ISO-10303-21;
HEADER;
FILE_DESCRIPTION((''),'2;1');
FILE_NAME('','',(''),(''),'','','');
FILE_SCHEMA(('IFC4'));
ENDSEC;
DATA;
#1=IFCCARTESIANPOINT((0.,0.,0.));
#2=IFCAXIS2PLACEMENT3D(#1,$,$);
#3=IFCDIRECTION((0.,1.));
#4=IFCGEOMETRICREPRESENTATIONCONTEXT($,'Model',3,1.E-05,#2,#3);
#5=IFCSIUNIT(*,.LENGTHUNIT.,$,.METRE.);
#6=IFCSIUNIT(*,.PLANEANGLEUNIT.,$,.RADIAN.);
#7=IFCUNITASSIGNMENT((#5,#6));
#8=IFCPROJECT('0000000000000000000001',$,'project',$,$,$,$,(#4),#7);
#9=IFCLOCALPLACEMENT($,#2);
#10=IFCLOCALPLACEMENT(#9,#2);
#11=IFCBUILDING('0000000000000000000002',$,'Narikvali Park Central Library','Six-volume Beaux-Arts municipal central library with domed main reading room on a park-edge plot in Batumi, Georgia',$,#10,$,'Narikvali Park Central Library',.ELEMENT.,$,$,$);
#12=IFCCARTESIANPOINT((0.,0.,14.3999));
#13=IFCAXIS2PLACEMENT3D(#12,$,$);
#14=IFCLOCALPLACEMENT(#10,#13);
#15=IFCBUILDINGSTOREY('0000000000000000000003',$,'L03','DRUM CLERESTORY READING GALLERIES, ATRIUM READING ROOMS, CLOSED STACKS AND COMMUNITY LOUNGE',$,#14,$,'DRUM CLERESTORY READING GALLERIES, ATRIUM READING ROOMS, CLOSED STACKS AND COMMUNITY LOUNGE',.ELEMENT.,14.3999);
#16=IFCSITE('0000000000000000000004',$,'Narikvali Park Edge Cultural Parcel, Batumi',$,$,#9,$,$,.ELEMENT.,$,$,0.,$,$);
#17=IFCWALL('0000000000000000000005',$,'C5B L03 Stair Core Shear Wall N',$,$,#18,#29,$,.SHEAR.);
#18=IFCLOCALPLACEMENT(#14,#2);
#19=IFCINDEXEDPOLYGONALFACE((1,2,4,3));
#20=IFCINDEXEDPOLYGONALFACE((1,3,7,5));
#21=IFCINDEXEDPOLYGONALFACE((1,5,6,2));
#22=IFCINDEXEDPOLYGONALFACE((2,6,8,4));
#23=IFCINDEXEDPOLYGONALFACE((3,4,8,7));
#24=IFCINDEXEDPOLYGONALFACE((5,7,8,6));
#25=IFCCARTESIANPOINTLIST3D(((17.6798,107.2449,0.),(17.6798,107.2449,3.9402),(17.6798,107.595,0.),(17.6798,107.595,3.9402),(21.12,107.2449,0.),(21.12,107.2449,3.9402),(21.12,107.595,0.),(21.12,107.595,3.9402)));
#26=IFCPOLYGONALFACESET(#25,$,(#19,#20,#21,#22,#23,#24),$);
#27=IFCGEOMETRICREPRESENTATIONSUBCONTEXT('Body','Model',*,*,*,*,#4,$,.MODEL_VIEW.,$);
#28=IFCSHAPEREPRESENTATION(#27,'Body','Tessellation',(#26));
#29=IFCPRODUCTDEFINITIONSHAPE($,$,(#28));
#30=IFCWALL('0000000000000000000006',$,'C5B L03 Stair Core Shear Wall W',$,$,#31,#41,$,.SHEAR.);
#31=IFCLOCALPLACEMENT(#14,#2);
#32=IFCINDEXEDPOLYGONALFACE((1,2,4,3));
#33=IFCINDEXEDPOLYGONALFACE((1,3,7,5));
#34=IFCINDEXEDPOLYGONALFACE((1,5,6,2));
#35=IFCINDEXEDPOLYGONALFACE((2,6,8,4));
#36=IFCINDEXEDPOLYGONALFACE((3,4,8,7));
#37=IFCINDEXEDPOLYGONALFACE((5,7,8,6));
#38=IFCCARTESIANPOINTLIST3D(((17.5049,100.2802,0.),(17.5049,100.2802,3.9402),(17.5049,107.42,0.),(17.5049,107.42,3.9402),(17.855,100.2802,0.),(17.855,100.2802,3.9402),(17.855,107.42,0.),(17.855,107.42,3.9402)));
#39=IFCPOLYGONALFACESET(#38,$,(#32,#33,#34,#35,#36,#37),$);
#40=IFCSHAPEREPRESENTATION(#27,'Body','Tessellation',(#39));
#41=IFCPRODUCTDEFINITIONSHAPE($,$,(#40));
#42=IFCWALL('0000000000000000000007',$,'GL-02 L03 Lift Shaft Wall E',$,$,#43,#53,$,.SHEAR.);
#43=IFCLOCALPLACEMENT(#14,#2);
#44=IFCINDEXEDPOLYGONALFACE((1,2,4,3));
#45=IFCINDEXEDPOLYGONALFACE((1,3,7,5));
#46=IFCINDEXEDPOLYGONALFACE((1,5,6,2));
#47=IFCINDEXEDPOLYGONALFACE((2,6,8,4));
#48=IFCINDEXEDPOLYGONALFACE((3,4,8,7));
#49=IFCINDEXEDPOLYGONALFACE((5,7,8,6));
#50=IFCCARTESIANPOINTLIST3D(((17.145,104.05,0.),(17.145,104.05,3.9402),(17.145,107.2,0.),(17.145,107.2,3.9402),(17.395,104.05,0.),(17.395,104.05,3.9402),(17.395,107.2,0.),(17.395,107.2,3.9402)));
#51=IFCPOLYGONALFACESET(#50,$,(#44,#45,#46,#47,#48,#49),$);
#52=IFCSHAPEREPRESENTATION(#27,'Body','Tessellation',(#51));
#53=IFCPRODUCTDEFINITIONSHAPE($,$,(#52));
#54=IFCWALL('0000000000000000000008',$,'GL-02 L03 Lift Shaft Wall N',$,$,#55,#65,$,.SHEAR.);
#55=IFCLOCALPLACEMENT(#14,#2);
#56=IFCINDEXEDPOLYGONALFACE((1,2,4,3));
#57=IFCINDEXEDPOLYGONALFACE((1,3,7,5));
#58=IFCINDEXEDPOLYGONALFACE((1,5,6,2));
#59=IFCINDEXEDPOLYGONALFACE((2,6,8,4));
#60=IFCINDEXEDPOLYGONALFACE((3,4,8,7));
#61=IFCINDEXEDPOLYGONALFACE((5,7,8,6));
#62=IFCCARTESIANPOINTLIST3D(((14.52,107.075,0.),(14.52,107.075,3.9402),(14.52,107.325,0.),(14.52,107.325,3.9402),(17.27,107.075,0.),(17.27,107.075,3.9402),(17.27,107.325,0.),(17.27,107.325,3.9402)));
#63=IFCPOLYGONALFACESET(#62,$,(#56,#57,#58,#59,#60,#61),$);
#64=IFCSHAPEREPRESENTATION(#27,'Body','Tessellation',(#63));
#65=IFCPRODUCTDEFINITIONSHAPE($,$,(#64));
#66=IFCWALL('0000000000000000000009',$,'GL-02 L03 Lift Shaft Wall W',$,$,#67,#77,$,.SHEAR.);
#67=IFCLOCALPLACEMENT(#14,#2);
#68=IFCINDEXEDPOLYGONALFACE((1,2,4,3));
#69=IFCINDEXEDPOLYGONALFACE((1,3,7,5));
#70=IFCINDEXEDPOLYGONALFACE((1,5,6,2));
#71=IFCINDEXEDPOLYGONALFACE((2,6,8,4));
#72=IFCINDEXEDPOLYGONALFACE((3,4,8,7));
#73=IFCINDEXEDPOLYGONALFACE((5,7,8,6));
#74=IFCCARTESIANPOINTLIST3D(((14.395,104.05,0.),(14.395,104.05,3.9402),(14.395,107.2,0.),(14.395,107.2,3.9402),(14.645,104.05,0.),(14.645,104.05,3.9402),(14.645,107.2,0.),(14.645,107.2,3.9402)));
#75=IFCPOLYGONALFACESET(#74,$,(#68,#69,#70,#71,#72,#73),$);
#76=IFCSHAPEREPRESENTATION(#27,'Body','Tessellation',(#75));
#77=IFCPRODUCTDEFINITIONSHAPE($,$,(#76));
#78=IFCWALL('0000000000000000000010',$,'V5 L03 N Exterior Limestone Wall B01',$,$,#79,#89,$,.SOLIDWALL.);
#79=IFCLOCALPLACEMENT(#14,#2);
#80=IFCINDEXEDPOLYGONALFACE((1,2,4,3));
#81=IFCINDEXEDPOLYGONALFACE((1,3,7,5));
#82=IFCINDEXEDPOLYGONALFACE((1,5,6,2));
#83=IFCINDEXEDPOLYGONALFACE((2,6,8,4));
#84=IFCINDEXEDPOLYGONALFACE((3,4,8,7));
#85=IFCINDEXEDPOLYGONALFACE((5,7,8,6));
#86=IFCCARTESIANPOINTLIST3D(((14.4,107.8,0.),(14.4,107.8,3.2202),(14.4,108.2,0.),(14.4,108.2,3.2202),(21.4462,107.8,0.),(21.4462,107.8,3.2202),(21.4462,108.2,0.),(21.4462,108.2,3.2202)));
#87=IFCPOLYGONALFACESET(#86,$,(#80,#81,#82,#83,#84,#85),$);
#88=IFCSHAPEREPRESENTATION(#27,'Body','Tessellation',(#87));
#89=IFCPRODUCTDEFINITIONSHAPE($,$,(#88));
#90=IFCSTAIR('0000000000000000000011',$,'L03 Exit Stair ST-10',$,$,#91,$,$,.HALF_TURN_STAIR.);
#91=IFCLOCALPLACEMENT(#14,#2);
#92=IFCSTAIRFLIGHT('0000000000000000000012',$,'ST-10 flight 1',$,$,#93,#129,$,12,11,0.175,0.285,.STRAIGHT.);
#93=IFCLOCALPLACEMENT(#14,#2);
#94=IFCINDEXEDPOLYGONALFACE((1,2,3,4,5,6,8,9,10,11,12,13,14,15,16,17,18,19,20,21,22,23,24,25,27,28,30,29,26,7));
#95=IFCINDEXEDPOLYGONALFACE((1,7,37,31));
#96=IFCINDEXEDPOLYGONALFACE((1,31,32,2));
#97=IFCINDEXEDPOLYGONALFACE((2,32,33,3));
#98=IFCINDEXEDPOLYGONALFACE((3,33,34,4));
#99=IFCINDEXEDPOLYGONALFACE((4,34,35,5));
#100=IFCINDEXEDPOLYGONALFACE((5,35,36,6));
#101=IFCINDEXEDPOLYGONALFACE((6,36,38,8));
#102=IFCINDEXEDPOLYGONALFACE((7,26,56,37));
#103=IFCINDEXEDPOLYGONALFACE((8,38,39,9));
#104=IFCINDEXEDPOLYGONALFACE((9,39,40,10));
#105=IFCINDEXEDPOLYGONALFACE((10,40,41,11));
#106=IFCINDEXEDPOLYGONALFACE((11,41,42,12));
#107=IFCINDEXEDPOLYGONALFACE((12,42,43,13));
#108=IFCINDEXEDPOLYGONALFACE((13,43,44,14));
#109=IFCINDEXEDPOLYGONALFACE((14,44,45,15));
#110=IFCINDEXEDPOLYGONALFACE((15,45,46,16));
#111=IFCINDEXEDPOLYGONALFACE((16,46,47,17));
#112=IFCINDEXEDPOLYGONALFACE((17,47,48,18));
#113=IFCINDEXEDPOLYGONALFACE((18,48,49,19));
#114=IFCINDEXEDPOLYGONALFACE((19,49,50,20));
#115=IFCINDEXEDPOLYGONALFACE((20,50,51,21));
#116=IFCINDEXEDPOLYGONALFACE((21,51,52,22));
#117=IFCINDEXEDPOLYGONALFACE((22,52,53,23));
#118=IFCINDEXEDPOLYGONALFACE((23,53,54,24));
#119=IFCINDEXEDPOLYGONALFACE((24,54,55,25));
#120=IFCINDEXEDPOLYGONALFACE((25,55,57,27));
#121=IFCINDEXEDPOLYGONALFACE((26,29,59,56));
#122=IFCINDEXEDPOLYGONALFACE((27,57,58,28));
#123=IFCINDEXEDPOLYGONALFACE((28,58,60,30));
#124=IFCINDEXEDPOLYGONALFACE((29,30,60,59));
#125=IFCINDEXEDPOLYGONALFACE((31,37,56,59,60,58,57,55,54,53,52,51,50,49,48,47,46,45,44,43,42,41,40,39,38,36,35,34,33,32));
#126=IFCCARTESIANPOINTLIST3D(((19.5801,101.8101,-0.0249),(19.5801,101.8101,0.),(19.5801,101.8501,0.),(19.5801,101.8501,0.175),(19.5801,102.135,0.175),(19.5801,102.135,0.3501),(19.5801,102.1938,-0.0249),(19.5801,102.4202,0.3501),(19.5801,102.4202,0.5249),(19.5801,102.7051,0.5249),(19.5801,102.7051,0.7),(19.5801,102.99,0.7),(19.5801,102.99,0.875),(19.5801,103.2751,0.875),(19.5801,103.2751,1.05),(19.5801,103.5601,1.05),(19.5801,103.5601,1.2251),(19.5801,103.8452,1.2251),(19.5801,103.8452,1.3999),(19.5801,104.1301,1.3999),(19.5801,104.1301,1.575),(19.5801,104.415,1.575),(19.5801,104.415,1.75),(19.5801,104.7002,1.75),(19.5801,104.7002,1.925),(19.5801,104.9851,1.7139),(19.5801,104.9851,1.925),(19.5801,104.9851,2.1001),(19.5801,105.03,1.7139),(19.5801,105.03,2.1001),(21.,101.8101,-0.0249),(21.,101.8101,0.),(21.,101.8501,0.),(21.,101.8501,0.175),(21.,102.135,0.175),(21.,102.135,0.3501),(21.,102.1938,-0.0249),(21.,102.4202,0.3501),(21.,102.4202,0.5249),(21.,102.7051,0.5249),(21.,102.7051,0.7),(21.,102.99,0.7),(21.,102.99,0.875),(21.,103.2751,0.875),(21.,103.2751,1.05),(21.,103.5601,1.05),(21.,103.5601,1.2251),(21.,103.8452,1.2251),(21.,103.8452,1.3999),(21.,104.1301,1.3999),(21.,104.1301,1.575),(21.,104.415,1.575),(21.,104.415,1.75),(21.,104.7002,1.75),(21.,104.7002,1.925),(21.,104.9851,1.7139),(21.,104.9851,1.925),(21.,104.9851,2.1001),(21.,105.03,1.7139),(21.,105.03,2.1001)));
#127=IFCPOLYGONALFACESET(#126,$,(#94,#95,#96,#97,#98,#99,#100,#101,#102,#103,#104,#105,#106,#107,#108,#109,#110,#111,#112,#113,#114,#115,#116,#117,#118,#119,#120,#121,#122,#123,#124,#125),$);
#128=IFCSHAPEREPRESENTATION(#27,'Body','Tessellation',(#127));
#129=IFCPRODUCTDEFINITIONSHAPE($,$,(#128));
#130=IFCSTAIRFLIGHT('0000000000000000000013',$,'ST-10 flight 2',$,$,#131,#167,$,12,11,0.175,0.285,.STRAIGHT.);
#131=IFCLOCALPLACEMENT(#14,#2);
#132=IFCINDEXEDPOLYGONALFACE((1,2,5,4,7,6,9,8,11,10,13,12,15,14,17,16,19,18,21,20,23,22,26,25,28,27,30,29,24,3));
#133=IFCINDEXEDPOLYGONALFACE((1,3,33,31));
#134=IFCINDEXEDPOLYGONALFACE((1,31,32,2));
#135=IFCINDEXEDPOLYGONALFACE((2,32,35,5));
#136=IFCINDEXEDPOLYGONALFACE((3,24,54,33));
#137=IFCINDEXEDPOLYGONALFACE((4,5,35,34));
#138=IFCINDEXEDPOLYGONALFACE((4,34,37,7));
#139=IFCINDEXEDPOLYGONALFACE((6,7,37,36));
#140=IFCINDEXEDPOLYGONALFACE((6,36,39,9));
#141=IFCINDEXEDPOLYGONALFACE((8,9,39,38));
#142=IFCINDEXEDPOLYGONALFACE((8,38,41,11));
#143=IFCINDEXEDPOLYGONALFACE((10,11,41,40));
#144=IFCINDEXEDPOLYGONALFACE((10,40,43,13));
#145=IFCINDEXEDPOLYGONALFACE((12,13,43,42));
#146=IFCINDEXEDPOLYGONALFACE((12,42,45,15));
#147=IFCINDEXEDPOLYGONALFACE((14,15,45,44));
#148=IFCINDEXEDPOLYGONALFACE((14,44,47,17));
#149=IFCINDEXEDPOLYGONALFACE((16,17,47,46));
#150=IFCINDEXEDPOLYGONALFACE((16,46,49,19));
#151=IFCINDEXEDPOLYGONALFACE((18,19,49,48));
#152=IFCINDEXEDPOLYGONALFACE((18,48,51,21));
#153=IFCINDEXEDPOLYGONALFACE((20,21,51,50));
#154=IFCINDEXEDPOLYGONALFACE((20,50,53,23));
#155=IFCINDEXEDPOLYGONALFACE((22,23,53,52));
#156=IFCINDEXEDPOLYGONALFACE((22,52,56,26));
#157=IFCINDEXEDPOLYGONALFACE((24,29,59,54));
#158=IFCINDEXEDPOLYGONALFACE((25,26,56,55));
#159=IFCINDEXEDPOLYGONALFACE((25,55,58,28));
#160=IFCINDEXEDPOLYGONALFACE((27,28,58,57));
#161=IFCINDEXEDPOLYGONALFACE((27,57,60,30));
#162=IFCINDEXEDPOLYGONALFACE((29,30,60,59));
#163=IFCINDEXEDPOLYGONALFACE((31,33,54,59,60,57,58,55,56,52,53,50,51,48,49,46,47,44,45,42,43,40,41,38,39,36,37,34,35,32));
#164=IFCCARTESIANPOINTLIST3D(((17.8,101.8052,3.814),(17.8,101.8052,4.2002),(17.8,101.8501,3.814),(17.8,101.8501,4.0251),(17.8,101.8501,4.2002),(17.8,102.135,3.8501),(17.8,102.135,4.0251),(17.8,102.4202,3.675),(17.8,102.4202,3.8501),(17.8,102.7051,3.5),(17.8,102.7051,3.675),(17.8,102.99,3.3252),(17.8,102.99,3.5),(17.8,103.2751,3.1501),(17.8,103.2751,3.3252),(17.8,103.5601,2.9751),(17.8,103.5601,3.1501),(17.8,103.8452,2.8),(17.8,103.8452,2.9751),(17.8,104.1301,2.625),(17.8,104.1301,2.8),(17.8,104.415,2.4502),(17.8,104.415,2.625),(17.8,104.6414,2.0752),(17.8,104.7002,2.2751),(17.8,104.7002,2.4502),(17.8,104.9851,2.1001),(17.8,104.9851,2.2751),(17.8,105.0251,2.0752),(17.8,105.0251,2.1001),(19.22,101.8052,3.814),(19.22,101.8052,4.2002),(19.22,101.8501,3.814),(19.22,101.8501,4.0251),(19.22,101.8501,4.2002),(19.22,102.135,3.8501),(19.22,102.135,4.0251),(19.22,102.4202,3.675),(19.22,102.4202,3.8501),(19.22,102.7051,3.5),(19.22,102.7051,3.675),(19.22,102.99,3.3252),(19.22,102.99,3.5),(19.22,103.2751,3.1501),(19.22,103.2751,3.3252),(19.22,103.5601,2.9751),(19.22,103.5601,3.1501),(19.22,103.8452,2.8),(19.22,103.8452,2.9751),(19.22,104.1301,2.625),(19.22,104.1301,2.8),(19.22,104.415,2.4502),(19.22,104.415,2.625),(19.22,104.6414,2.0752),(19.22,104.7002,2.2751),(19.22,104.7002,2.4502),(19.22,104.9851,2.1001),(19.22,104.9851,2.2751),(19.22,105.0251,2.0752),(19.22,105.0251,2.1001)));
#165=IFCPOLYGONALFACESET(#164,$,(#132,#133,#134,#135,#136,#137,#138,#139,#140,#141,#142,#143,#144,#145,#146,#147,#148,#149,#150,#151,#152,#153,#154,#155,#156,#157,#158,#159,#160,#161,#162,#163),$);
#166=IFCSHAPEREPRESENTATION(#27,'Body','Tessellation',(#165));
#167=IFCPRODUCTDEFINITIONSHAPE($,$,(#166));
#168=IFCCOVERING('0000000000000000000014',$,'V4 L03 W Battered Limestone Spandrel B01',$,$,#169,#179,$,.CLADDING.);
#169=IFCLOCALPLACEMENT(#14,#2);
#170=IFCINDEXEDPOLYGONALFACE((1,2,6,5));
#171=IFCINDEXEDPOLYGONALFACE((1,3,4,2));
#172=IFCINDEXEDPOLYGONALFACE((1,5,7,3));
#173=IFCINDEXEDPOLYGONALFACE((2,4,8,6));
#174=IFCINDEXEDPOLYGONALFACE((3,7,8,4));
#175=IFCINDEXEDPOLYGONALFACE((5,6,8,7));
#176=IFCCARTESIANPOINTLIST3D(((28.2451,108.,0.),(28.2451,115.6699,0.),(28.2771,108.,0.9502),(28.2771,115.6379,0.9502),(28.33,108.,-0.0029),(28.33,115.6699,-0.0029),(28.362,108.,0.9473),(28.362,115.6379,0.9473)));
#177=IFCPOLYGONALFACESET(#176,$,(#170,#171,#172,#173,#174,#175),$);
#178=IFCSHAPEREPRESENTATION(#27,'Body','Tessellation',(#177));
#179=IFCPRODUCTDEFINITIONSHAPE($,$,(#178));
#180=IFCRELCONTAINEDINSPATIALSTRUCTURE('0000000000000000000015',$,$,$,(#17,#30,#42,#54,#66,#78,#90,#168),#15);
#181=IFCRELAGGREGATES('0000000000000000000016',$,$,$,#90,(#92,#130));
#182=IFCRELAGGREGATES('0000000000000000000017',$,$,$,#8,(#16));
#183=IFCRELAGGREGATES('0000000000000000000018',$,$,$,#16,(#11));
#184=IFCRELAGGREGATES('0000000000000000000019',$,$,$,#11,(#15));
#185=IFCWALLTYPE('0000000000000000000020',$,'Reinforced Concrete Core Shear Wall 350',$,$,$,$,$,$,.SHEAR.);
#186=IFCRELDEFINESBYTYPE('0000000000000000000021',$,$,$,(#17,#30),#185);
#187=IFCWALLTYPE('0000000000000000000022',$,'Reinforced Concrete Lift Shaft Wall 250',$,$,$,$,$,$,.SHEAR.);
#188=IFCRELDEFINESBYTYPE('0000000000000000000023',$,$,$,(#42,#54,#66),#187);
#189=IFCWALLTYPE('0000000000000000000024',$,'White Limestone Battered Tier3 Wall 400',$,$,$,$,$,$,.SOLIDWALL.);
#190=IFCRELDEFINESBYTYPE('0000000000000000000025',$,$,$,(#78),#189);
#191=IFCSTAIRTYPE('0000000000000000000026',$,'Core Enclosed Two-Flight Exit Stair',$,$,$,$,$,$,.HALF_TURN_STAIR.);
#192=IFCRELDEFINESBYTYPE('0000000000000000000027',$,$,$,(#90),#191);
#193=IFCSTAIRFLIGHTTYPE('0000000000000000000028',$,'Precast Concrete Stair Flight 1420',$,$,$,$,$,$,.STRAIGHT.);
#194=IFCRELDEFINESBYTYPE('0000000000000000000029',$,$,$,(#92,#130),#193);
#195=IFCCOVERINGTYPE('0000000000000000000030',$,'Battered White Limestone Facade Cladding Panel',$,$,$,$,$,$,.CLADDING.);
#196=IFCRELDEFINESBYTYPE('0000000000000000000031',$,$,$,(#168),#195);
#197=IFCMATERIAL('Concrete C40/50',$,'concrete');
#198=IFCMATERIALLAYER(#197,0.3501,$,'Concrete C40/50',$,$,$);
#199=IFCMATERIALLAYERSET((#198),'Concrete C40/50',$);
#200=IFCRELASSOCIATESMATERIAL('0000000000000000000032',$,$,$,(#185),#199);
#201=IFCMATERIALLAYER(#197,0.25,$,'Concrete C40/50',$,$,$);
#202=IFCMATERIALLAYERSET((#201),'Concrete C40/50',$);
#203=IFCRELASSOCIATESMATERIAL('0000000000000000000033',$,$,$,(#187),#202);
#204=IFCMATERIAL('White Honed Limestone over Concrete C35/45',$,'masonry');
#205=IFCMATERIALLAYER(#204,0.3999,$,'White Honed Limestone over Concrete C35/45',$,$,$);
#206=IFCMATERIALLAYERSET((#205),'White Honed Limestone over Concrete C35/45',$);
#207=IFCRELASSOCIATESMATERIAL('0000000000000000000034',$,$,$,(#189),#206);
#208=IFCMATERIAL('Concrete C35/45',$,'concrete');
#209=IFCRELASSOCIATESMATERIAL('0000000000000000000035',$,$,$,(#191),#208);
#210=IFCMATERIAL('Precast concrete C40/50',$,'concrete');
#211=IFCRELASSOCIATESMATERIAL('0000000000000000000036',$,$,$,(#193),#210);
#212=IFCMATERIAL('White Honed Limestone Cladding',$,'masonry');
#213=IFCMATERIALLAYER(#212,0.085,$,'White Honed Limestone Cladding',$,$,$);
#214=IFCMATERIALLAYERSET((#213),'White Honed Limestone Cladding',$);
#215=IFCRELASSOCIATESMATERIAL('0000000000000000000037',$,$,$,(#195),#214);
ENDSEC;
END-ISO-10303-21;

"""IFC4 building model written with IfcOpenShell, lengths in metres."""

from ifc_helpers import new_model, si_unit, direction, frame, frame_2d, origin, place, context, subcontext, project, spatial, polyline, rectangle, outline, extrude, material, layer, layer_set, type_object, element, aggregate, save


model = new_model("IFC4")

# Units and contexts
model_context = context("Model", 3, precision=1e-05, world=origin(), true_north=direction((0.0, 1.0)))
body_context = subcontext(model_context, "Body", "Model", "MODEL_VIEW")
ifc_project = project(units=[si_unit("LENGTHUNIT", "METRE"), si_unit("PLANEANGLEUNIT", "RADIAN")], contexts=[model_context])

# Site, building, storey
site_placement = place(None, origin())
site = spatial("IfcSite", under=ifc_project, at=site_placement, Name="Narikvali Park Edge Cultural Parcel, Batumi", CompositionType="ELEMENT", RefElevation=0.0)
building_placement = place(site_placement, origin())
building = spatial("IfcBuilding", under=site, at=building_placement, Name="Narikvali Park Central Library", Description="Six-volume Beaux-Arts municipal central library with domed main reading room on a park-edge plot in Batumi, Georgia", LongName="Narikvali Park Central Library", CompositionType="ELEMENT")
storey_placement = place(building_placement, frame((0.0, 0.0, 14.3999)))
storey = spatial("IfcBuildingStorey", under=building, at=storey_placement, Name="L03", Description="DRUM CLERESTORY READING GALLERIES, ATRIUM READING ROOMS, CLOSED STACKS AND COMMUNITY LOUNGE", LongName="DRUM CLERESTORY READING GALLERIES, ATRIUM READING ROOMS, CLOSED STACKS AND COMMUNITY LOUNGE", CompositionType="ELEMENT", Elevation=14.3999)

# Walls
ifc_material_1 = material(Name="Concrete C40/50", Category="concrete")
ifc_layer_1 = layer(ifc_material_1, 0.3501, Name="Concrete C40/50")
ifc_layer_set_1 = layer_set([ifc_layer_1], Name="Concrete C40/50")
wall_type_1 = type_object("IfcWallType", Name="Reinforced Concrete Core Shear Wall 350", PredefinedType="SHEAR", material=ifc_layer_set_1)
wall_1_placement = place(storey_placement, frame((21.1201, 107.4199, 0.0), z_axis=(0.0, 0.0, 1.0), x_axis=(-1.0, 0.0, 0.0)))
element("IfcWall", 1, at=wall_1_placement, inside=storey, type_object=wall_type_1, Name="C5B L03 Stair Core Shear Wall N", PredefinedType="SHEAR", context=body_context, shape_type="SweptSolid", body=[
    extrude(rectangle(XDim=3.4402, YDim=0.3501, at=frame_2d((1.7202, 0.0))), origin(), (0.0, 0.0, 1.0), 3.9402),
])
wall_2_placement = place(storey_placement, frame((17.6799, 107.4199, 0.0), z_axis=(0.0, 0.0, 1.0), x_axis=(0.0, -1.0, 0.0)))
element("IfcWall", 2, at=wall_2_placement, inside=storey, type_object=wall_type_1, Name="C5B L03 Stair Core Shear Wall W", PredefinedType="SHEAR", context=body_context, shape_type="SweptSolid", body=[
    extrude(rectangle(XDim=7.1399, YDim=0.3501, at=frame_2d((3.5698, 0.0))), origin(), (0.0, 0.0, 1.0), 3.9402),
])
ifc_layer_2 = layer(ifc_material_1, 0.25, Name="Concrete C40/50")
ifc_layer_set_2 = layer_set([ifc_layer_2], Name="Concrete C40/50")
wall_type_2 = type_object("IfcWallType", Name="Reinforced Concrete Lift Shaft Wall 250", PredefinedType="SHEAR", material=ifc_layer_set_2)
wall_3_placement = place(storey_placement, frame((17.27, 104.05, 0.0), z_axis=(0.0, 0.0, 1.0), x_axis=(0.0, 1.0, 0.0)))
element("IfcWall", 3, at=wall_3_placement, inside=storey, type_object=wall_type_2, Name="GL-02 L03 Lift Shaft Wall E", PredefinedType="SHEAR", context=body_context, shape_type="SweptSolid", body=[
    extrude(rectangle(XDim=3.1499, YDim=0.25, at=frame_2d((1.575, 0.0))), origin(), (0.0, 0.0, 1.0), 3.9402),
])
wall_4_placement = place(storey_placement, frame((17.27, 107.2, 0.0), z_axis=(0.0, 0.0, 1.0), x_axis=(-1.0, 0.0, 0.0)))
element("IfcWall", 4, at=wall_4_placement, inside=storey, type_object=wall_type_2, Name="GL-02 L03 Lift Shaft Wall N", PredefinedType="SHEAR", context=body_context, shape_type="SweptSolid", body=[
    extrude(rectangle(XDim=2.75, YDim=0.25, at=frame_2d((1.375, 0.0))), origin(), (0.0, 0.0, 1.0), 3.9402),
])
wall_5_placement = place(storey_placement, frame((14.52, 107.2, 0.0), z_axis=(0.0, 0.0, 1.0), x_axis=(0.0, -1.0, 0.0)))
element("IfcWall", 5, at=wall_5_placement, inside=storey, type_object=wall_type_2, Name="GL-02 L03 Lift Shaft Wall W", PredefinedType="SHEAR", context=body_context, shape_type="SweptSolid", body=[
    extrude(rectangle(XDim=3.1499, YDim=0.25, at=frame_2d((1.575, 0.0))), origin(), (0.0, 0.0, 1.0), 3.9402),
])
ifc_material_2 = material(Name="White Honed Limestone over Concrete C35/45", Category="masonry")
ifc_layer_3 = layer(ifc_material_2, 0.3999, Name="White Honed Limestone over Concrete C35/45")
ifc_layer_set_3 = layer_set([ifc_layer_3], Name="White Honed Limestone over Concrete C35/45")
wall_type_3 = type_object("IfcWallType", Name="White Limestone Battered Tier3 Wall 400", PredefinedType="SOLIDWALL", material=ifc_layer_set_3)
wall_6_placement = place(storey_placement, frame((21.446, 108.0, 0.0), z_axis=(0.0, 0.0, 1.0), x_axis=(-1.0, 0.0, 0.0)))
element("IfcWall", 6, at=wall_6_placement, inside=storey, type_object=wall_type_3, Name="V5 L03 N Exterior Limestone Wall B01", PredefinedType="SOLIDWALL", context=body_context, shape_type="SweptSolid", body=[
    extrude(rectangle(XDim=7.0461, YDim=0.3999, at=frame_2d((3.5229, 0.0))), origin(), (0.0, 0.0, 1.0), 3.2202),
])

# Stair, stair flights
ifc_material_3 = material(Name="Concrete C35/45", Category="concrete")
stair_type = type_object("IfcStairType", Name="Core Enclosed Two-Flight Exit Stair", PredefinedType="HALF_TURN_STAIR", material=ifc_material_3)
stair_placement = place(storey_placement, origin())
stair = element("IfcStair", 7, at=stair_placement, inside=storey, type_object=stair_type, Name="L03 Exit Stair ST-10", PredefinedType="HALF_TURN_STAIR")
ifc_material_4 = material(Name="Precast concrete C40/50", Category="concrete")
stair_flight_type = type_object("IfcStairFlightType", Name="Precast Concrete Stair Flight 1420", PredefinedType="STRAIGHT", material=ifc_material_4)
stair_flight_1_placement = place(storey_placement, frame((20.29, 101.8501, 0.0), z_axis=(0.0, 0.0, 1.0), x_axis=(0.0, 1.0, 0.0)))
stair_flight_1 = element("IfcStairFlight", 8, at=stair_flight_1_placement, type_object=stair_flight_type, Name="ST-10 flight 1", NumberOfRisers=12, NumberOfTreads=11, PredefinedType="STRAIGHT", RiserHeight=0.175, TreadLength=0.285, context=body_context, shape_type="SweptSolid", body=[
    extrude(outline(polyline([(-0.04, -0.0249), (-0.04, 0.0), (0.0, 0.0), (0.0, 0.175), (0.2849, 0.175), (0.2849, 0.3501), (0.5701, 0.3501), (0.5701, 0.5249), (0.855, 0.5249), (0.855, 0.7), (1.1399, 0.7), (1.1399, 0.875), (1.425, 0.875), (1.425, 1.05), (1.71, 1.05), (1.71, 1.2251), (1.9951, 1.2251), (1.9951, 1.3999), (2.28, 1.3999), (2.28, 1.575), (2.5649, 1.575), (2.5649, 1.75), (2.8501, 1.75), (2.8501, 1.925), (3.135, 1.925), (3.135, 2.1001), (3.1799, 2.1001), (3.1799, 1.7139), (3.135, 1.7139), (0.3438, -0.0249), (-0.04, -0.0249)])), frame((0.0, 0.71, 0.0), z_axis=(0.0, -1.0, 0.0), x_axis=(1.0, 0.0, 0.0)), (0.0, 0.0, 1.0), 1.4199),
])
stair_flight_2_placement = place(storey_placement, frame((18.51, 104.9851, 2.1001), z_axis=(0.0, 0.0, 1.0), x_axis=(0.0, -1.0, 0.0)))
stair_flight_2 = element("IfcStairFlight", 9, at=stair_flight_2_placement, type_object=stair_flight_type, Name="ST-10 flight 2", NumberOfRisers=12, NumberOfTreads=11, PredefinedType="STRAIGHT", RiserHeight=0.175, TreadLength=0.285, context=body_context, shape_type="SweptSolid", body=[
    extrude(outline(polyline([(-0.04, -0.0249), (-0.04, 0.0), (0.0, 0.0), (0.0, 0.175), (0.2849, 0.175), (0.2849, 0.3501), (0.5701, 0.3501), (0.5701, 0.5249), (0.855, 0.5249), (0.855, 0.7), (1.1399, 0.7), (1.1399, 0.875), (1.425, 0.875), (1.425, 1.05), (1.71, 1.05), (1.71, 1.2251), (1.9951, 1.2251), (1.9951, 1.3999), (2.28, 1.3999), (2.28, 1.575), (2.5649, 1.575), (2.5649, 1.75), (2.8501, 1.75), (2.8501, 1.925), (3.135, 1.925), (3.135, 2.1001), (3.1799, 2.1001), (3.1799, 1.7139), (3.135, 1.7139), (0.3438, -0.0249), (-0.04, -0.0249)])), frame((0.0, 0.71, 0.0), z_axis=(0.0, -1.0, 0.0), x_axis=(1.0, 0.0, 0.0)), (0.0, 0.0, 1.0), 1.4199),
])
aggregate(stair, [stair_flight_1, stair_flight_2])

# Covering
ifc_material_5 = material(Name="White Honed Limestone Cladding", Category="masonry")
ifc_layer_4 = layer(ifc_material_5, 0.085, Name="White Honed Limestone Cladding")
ifc_layer_set_4 = layer_set([ifc_layer_4], Name="White Honed Limestone Cladding")
covering_type = type_object("IfcCoveringType", Name="Battered White Limestone Facade Cladding Panel", PredefinedType="CLADDING", material=ifc_layer_set_4)
covering_1_placement = place(storey_placement, frame((28.2451, 115.6699, 0.0), z_axis=(-0.999434, 0.0, 0.03364), x_axis=(0.0, -1.0, 0.0)))
element("IfcCovering", 10, at=covering_1_placement, inside=storey, type_object=covering_type, Name="V4 L03 W Battered Limestone Spandrel B01", PredefinedType="CLADDING", context=body_context, shape_type="SweptSolid", body=[
    extrude(outline(polyline([(0.0, 0.0), (7.6699, 0.0), (7.6699, 0.9507), (0.032, 0.9507), (0.0, 0.0)])), origin(), (0.0, 0.0, -1.0), 0.085),
])

save(model, "model.ifc")
